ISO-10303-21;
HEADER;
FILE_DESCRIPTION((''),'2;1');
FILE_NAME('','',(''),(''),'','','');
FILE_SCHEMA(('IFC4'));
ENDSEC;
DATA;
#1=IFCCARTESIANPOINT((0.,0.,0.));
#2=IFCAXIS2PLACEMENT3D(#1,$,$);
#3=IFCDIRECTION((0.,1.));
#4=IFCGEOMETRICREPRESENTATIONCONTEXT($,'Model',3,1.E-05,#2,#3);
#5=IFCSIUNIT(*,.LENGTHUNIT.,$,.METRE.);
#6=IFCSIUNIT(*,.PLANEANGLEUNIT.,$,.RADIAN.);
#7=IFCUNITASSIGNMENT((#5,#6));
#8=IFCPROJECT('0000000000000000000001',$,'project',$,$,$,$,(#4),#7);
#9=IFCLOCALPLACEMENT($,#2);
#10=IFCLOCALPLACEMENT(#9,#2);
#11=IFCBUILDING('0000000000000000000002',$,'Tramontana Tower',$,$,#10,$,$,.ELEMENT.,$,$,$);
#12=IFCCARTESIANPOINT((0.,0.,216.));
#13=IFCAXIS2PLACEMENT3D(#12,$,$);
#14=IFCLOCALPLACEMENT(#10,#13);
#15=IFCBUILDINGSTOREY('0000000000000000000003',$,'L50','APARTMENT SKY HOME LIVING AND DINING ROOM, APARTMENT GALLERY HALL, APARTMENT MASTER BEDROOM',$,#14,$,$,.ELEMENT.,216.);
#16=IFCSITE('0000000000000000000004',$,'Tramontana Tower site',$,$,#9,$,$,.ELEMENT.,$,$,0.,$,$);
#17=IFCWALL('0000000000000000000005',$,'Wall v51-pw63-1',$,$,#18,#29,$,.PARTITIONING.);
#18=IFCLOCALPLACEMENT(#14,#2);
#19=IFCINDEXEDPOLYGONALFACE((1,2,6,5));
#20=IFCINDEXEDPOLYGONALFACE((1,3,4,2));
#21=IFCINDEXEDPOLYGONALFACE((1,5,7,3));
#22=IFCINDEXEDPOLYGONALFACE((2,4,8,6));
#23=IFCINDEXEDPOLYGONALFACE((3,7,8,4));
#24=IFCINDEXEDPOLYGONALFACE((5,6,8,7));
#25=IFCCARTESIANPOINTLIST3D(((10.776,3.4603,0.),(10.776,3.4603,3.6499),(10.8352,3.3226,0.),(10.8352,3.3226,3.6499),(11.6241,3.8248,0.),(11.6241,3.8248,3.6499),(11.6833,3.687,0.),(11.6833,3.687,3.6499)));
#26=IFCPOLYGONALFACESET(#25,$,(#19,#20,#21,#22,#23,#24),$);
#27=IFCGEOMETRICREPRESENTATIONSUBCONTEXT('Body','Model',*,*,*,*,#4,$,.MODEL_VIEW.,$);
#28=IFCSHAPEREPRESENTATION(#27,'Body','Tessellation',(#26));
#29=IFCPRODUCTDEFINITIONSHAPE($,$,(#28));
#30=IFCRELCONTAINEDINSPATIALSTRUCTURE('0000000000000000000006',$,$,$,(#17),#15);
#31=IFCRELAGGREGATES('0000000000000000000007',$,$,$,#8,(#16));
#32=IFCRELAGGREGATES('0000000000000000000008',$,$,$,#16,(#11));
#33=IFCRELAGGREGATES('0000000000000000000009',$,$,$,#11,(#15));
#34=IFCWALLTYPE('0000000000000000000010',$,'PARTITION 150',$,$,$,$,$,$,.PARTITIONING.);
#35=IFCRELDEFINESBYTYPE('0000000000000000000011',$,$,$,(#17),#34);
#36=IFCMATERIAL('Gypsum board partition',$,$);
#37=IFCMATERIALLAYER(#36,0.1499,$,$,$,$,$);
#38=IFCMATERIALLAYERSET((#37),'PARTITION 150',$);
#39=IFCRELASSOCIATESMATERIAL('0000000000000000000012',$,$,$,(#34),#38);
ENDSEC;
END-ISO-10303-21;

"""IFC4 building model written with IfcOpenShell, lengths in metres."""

from ifc_helpers import new_model, si_unit, direction, frame, frame_2d, origin, place, context, subcontext, project, spatial, rectangle, extrude, material, layer, layer_set, type_object, element, save


model = new_model("IFC4")

# Units and contexts
model_context = context("Model", 3, precision=1e-05, world=origin(), true_north=direction((0.0, 1.0)))
body_context = subcontext(model_context, "Body", "Model", "MODEL_VIEW")
ifc_project = project(units=[si_unit("LENGTHUNIT", "METRE"), si_unit("PLANEANGLEUNIT", "RADIAN")], contexts=[model_context])

# Site, building, storey
site_placement = place(None, origin())
site = spatial("IfcSite", under=ifc_project, at=site_placement, Name="Tramontana Tower site", CompositionType="ELEMENT", RefElevation=0.0)
building_placement = place(site_placement, origin())
building = spatial("IfcBuilding", under=site, at=building_placement, Name="Tramontana Tower", CompositionType="ELEMENT")
storey_placement = place(building_placement, frame((0.0, 0.0, 216.0)))
storey = spatial("IfcBuildingStorey", under=building, at=storey_placement, Name="L50", Description="APARTMENT SKY HOME LIVING AND DINING ROOM, APARTMENT GALLERY HALL, APARTMENT MASTER BEDROOM", CompositionType="ELEMENT", Elevation=216.0)

# Shared definitions
ifc_material_1 = material(Name="Gypsum board partition")
ifc_layer_1 = layer(ifc_material_1, 0.1499)
ifc_layer_set_1 = layer_set([ifc_layer_1], Name="PARTITION 150")
wall_type_1 = type_object("IfcWallType", Name="PARTITION 150", PredefinedType="PARTITIONING", material=ifc_layer_set_1)

# Wall
wall_1_placement = place(storey_placement, frame((11.6536, 3.7559, 0.0), z_axis=(0.0, 0.0, 1.0), x_axis=(-0.918748, -0.394845, 0.0)))
element("IfcWall", 1, at=wall_1_placement, inside=storey, type_object=wall_type_1, Name="Wall v51-pw63-1", PredefinedType="PARTITIONING", context=body_context, shape_type="SweptSolid", body=[
    extrude(rectangle(XDim=0.9231, YDim=0.1499, at=frame_2d((0.4614, 0.0))), origin(), (0.0, 0.0, 1.0), 3.6499),
])

save(model, "model.ifc")
